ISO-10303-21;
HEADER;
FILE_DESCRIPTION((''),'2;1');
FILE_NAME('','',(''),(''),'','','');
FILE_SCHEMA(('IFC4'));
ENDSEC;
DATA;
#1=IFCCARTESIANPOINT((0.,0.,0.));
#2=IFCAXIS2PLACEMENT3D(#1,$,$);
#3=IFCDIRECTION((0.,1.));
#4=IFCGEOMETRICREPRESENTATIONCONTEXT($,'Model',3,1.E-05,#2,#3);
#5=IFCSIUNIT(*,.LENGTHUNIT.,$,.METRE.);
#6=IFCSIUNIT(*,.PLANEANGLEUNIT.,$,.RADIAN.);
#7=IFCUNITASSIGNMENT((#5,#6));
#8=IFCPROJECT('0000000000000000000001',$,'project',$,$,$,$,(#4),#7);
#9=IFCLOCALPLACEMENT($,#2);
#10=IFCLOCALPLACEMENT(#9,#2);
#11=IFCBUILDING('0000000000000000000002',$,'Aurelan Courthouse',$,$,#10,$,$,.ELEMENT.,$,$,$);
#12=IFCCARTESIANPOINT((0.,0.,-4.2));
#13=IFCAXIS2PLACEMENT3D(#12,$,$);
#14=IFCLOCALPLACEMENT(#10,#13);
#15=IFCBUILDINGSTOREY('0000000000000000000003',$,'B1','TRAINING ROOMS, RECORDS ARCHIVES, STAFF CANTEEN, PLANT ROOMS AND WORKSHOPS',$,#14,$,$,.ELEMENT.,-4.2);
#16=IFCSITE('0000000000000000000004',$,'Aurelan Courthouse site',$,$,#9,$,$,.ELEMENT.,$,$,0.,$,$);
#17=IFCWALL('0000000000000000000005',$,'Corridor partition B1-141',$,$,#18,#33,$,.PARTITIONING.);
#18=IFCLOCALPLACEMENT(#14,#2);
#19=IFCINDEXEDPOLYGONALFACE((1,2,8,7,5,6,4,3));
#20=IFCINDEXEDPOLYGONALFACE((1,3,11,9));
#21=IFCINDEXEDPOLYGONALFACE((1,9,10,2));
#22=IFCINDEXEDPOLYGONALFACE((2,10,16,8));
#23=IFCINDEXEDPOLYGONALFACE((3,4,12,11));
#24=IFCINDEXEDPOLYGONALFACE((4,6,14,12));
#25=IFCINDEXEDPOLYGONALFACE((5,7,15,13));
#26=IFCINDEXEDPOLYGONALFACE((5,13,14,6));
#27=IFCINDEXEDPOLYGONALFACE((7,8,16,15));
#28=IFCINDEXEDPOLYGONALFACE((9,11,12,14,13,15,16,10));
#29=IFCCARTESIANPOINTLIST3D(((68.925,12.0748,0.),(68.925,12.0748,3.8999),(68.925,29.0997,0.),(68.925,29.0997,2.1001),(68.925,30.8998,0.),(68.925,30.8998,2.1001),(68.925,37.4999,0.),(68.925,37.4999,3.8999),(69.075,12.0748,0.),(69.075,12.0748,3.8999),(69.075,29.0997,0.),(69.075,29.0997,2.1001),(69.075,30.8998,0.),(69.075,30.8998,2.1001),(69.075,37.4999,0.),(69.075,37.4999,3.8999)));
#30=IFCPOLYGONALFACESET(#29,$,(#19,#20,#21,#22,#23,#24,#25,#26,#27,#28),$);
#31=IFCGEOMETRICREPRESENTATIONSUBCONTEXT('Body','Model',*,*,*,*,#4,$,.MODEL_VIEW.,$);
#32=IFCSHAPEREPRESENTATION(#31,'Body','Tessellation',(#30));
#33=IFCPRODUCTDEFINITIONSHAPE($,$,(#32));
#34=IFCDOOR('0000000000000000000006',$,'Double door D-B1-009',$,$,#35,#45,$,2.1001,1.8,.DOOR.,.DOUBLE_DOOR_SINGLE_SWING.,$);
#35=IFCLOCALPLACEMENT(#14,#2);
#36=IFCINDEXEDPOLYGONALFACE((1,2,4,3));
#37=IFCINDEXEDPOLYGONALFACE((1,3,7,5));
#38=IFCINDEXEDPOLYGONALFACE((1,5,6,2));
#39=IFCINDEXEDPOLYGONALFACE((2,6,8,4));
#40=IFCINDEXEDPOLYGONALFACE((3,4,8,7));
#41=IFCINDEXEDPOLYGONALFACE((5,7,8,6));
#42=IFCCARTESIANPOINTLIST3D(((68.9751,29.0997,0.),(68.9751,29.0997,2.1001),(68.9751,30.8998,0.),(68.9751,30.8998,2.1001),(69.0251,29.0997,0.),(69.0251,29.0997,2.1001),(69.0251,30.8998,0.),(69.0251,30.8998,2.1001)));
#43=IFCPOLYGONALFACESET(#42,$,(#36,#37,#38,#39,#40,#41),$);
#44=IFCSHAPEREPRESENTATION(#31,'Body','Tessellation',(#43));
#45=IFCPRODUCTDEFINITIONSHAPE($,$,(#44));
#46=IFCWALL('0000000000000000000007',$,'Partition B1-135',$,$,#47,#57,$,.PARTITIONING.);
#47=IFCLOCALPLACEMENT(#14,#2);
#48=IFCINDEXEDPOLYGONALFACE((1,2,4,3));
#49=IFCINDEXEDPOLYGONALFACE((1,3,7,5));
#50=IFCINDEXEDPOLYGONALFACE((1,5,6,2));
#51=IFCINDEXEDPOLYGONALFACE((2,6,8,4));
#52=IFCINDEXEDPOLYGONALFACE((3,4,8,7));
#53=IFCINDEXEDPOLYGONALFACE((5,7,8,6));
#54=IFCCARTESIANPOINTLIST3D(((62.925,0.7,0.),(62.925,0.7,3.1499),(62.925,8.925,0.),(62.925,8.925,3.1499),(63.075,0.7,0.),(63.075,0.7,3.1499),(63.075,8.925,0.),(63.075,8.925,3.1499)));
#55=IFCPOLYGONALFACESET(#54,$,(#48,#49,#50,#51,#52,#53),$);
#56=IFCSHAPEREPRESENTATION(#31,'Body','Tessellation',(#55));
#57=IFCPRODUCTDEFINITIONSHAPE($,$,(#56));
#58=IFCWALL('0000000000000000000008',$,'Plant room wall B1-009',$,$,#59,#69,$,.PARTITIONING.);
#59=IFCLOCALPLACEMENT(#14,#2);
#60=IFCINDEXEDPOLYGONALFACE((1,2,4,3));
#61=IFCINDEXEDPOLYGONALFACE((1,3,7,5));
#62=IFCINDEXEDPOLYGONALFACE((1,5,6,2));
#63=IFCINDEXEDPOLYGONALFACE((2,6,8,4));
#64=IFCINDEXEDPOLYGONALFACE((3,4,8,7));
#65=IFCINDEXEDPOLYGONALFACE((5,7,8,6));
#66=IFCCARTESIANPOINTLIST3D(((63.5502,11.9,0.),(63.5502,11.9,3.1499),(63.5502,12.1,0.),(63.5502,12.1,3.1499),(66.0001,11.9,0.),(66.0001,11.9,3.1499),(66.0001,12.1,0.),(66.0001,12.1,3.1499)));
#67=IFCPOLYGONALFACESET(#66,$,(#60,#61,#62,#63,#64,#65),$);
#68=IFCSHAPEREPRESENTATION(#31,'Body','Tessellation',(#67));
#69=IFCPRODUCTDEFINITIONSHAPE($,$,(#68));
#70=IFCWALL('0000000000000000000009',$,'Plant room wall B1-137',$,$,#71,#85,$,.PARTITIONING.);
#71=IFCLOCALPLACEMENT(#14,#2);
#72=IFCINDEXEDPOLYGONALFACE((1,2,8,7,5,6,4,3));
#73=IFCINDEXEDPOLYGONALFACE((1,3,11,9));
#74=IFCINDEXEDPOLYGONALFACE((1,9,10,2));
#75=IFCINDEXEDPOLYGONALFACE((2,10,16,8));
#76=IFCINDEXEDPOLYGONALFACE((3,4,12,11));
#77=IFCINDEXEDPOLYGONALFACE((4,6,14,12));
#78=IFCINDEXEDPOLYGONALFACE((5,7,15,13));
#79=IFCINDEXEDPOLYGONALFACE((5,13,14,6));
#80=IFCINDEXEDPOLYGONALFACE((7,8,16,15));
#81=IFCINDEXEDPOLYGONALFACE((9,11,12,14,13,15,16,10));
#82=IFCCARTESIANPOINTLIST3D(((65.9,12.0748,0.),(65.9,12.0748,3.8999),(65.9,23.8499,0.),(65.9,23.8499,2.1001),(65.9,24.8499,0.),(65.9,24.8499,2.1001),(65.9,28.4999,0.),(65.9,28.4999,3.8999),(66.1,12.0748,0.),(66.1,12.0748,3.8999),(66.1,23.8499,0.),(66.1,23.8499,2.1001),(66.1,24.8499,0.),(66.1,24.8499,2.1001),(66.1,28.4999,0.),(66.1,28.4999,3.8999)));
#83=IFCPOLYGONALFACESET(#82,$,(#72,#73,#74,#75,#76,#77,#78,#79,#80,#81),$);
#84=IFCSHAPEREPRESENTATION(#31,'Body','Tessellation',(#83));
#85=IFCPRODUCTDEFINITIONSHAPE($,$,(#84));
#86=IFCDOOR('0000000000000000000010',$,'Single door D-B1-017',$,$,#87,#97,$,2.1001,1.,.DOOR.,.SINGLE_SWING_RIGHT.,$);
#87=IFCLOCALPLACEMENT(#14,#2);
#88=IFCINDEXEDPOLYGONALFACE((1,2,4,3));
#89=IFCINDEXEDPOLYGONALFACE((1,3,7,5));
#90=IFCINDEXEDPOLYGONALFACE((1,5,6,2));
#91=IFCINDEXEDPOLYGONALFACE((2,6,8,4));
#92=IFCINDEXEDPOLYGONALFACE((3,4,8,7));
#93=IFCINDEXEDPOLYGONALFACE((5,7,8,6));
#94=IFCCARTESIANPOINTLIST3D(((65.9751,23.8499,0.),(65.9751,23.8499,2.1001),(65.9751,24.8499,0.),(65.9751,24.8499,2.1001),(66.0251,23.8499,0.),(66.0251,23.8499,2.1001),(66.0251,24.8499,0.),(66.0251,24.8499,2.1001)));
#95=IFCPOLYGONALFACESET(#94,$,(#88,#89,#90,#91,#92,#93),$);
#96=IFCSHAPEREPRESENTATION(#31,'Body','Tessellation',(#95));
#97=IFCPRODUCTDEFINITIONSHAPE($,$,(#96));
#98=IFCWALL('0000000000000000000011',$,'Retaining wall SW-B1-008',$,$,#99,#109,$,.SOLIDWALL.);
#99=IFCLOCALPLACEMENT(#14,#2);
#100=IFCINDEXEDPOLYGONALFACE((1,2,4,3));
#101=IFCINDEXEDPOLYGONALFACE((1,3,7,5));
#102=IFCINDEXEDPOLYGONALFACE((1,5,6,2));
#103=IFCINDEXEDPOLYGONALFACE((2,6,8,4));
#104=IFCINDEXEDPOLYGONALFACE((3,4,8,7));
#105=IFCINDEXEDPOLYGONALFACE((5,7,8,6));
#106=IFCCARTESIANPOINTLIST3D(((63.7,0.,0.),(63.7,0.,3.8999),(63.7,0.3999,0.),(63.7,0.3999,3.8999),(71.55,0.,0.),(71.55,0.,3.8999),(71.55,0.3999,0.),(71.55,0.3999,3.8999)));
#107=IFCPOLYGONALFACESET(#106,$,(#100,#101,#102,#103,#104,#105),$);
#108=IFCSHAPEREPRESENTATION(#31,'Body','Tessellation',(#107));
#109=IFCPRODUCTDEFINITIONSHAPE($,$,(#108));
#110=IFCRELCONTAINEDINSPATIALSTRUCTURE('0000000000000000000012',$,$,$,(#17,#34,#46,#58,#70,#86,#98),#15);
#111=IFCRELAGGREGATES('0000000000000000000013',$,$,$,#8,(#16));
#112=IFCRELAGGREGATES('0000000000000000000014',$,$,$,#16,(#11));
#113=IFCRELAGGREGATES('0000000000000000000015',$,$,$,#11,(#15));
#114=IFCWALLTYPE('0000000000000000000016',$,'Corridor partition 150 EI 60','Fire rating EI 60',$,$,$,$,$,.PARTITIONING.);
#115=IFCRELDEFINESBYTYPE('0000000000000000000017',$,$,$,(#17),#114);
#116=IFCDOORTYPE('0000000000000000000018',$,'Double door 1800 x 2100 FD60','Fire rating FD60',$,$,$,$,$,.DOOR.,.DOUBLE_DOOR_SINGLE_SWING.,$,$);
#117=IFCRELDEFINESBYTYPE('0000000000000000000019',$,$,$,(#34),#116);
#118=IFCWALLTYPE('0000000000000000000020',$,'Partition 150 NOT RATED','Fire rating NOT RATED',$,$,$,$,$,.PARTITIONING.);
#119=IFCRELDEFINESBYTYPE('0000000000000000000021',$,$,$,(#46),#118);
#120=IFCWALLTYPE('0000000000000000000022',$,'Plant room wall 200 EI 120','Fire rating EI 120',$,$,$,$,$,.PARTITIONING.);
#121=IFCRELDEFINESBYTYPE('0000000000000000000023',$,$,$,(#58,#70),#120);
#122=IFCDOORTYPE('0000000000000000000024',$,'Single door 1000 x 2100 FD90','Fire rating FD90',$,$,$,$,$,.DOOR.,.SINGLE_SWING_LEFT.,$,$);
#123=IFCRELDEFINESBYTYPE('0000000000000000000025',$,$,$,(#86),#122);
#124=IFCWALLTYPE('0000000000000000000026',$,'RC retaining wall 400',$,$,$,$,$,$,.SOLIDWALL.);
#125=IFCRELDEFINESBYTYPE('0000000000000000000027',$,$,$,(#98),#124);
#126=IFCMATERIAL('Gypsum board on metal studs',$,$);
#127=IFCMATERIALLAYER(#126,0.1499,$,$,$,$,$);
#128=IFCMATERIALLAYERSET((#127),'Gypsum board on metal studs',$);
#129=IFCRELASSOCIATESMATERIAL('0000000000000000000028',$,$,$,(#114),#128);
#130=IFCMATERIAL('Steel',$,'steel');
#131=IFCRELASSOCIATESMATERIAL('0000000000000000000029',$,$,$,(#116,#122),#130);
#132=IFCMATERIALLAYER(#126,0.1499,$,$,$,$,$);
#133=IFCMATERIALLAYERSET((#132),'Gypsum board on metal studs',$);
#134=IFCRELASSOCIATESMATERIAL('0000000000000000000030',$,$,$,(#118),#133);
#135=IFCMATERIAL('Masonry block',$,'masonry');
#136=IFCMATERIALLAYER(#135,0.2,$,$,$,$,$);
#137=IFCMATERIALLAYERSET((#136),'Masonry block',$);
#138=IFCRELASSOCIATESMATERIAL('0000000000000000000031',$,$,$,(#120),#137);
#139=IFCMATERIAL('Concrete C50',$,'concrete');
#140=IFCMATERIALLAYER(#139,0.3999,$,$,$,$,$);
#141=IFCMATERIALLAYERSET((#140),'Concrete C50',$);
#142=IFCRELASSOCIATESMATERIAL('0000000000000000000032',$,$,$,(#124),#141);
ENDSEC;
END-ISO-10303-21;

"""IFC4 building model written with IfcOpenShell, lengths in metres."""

from ifc_helpers import new_model, si_unit, direction, frame, frame_2d, origin, place, context, subcontext, project, spatial, rectangle, extrude, material, layer, layer_set, type_object, element, fill, save


model = new_model("IFC4")

# Units and contexts
model_context = context("Model", 3, precision=1e-05, world=origin(), true_north=direction((0.0, 1.0)))
body_context = subcontext(model_context, "Body", "Model", "MODEL_VIEW")
ifc_project = project(units=[si_unit("LENGTHUNIT", "METRE"), si_unit("PLANEANGLEUNIT", "RADIAN")], contexts=[model_context])

# Site, building, storey
site_placement = place(None, origin())
site = spatial("IfcSite", under=ifc_project, at=site_placement, Name="Aurelan Courthouse site", CompositionType="ELEMENT", RefElevation=0.0)
building_placement = place(site_placement, origin())
building = spatial("IfcBuilding", under=site, at=building_placement, Name="Aurelan Courthouse", CompositionType="ELEMENT")
storey_placement = place(building_placement, frame((0.0, 0.0, -4.2)))
storey = spatial("IfcBuildingStorey", under=building, at=storey_placement, Name="B1", Description="TRAINING ROOMS, RECORDS ARCHIVES, STAFF CANTEEN, PLANT ROOMS AND WORKSHOPS", CompositionType="ELEMENT", Elevation=-4.2)

# Shared definitions
ifc_material_1 = material(Name="Concrete C50", Category="concrete")

# Wall, opening, door
ifc_material_2 = material(Name="Gypsum board on metal studs")
ifc_layer_1 = layer(ifc_material_2, 0.1499)
ifc_layer_set_1 = layer_set([ifc_layer_1], Name="Gypsum board on metal studs")
wall_type_1 = type_object("IfcWallType", Name="Corridor partition 150 EI 60", Description="Fire rating EI 60", PredefinedType="PARTITIONING", material=ifc_layer_set_1)
ifc_material_3 = material(Name="Steel", Category="steel")
door_type_1 = type_object("IfcDoorType", Name="Double door 1800 x 2100 FD60", Description="Fire rating FD60", OperationType="DOUBLE_DOOR_SINGLE_SWING", PredefinedType="DOOR", material=ifc_material_3)
wall_1_placement = place(storey_placement, frame((69.0, 12.075, 0.0), z_axis=(0.0, 0.0, 1.0), x_axis=(0.0, 1.0, 0.0)))
wall_1 = element("IfcWall", 1, at=wall_1_placement, inside=storey, type_object=wall_type_1, Name="Corridor partition B1-141", PredefinedType="PARTITIONING", context=body_context, shape_type="SweptSolid", body=[
    extrude(rectangle(XDim=25.425, YDim=0.1499, at=frame_2d((12.7124, 0.0))), origin(), (0.0, 0.0, 1.0), 3.8999),
])
opening_1_placement = place(wall_1_placement, frame((17.0249, 0.0, 0.0)))
opening_1 = element("IfcOpeningElement", 2, at=opening_1_placement, cuts=wall_1, PredefinedType="OPENING", context=body_context, shape_type="SweptSolid", body=[
    extrude(rectangle(XDim=1.8, YDim=2.1001, at=frame_2d((0.8999, 1.05))), frame((0.0, 0.085, 0.0), z_axis=(0.0, -1.0, 0.0), x_axis=(1.0, 0.0, 0.0)), (0.0, 0.0, 1.0), 0.1699),
])
door_1_placement = place(opening_1_placement, origin())
door_1 = element("IfcDoor", 3, at=door_1_placement, inside=storey, type_object=door_type_1, Name="Double door D-B1-009", OperationType="DOUBLE_DOOR_SINGLE_SWING", OverallHeight=2.1001, OverallWidth=1.8, PredefinedType="DOOR", context=body_context, shape_type="SweptSolid", body=[
    extrude(rectangle(XDim=1.8, YDim=2.1001, at=frame_2d((0.8999, 1.05))), frame((0.0, 0.0249, 0.0), z_axis=(0.0, -1.0, 0.0), x_axis=(1.0, 0.0, 0.0)), (0.0, 0.0, 1.0), 0.05),
])
fill(opening_1, door_1)

# Walls
ifc_layer_2 = layer(ifc_material_2, 0.1499)
ifc_layer_set_2 = layer_set([ifc_layer_2], Name="Gypsum board on metal studs")
wall_type_2 = type_object("IfcWallType", Name="Partition 150 NOT RATED", Description="Fire rating NOT RATED", PredefinedType="PARTITIONING", material=ifc_layer_set_2)
wall_2_placement = place(storey_placement, frame((63.0, 0.7, 0.0), z_axis=(0.0, 0.0, 1.0), x_axis=(0.0, 1.0, 0.0)))
element("IfcWall", 4, at=wall_2_placement, inside=storey, type_object=wall_type_2, Name="Partition B1-135", PredefinedType="PARTITIONING", context=body_context, shape_type="SweptSolid", body=[
    extrude(rectangle(XDim=8.2251, YDim=0.1499, at=frame_2d((4.1125, 0.0))), origin(), (0.0, 0.0, 1.0), 3.1499),
])
ifc_material_4 = material(Name="Masonry block", Category="masonry")
ifc_layer_3 = layer(ifc_material_4, 0.2)
ifc_layer_set_3 = layer_set([ifc_layer_3], Name="Masonry block")
wall_type_3 = type_object("IfcWallType", Name="Plant room wall 200 EI 120", Description="Fire rating EI 120", PredefinedType="PARTITIONING", material=ifc_layer_set_3)
wall_3_placement = place(storey_placement, frame((63.55, 12.0, 0.0), z_axis=(0.0, 0.0, 1.0), x_axis=(1.0, 0.0, 0.0)))
element("IfcWall", 5, at=wall_3_placement, inside=storey, type_object=wall_type_3, Name="Plant room wall B1-009", PredefinedType="PARTITIONING", context=body_context, shape_type="SweptSolid", body=[
    extrude(rectangle(XDim=2.45, YDim=0.2, at=frame_2d((1.2251, 0.0))), origin(), (0.0, 0.0, 1.0), 3.1499),
])

# Wall, opening, door
wall_4_placement = place(storey_placement, frame((66.0, 12.075, 0.0), z_axis=(0.0, 0.0, 1.0), x_axis=(0.0, 1.0, 0.0)))
wall_4 = element("IfcWall", 6, at=wall_4_placement, inside=storey, type_object=wall_type_3, Name="Plant room wall B1-137", PredefinedType="PARTITIONING", context=body_context, shape_type="SweptSolid", body=[
    extrude(rectangle(XDim=16.425, YDim=0.2, at=frame_2d((8.2124, 0.0))), origin(), (0.0, 0.0, 1.0), 3.8999),
])
opening_2_placement = place(wall_4_placement, frame((11.7749, 0.0, 0.0)))
opening_2 = element("IfcOpeningElement", 7, at=opening_2_placement, cuts=wall_4, PredefinedType="OPENING", context=body_context, shape_type="SweptSolid", body=[
    extrude(rectangle(XDim=1.0, YDim=2.1001, at=frame_2d((0.5, 1.05))), frame((0.0, 0.1099, 0.0), z_axis=(0.0, -1.0, 0.0), x_axis=(1.0, 0.0, 0.0)), (0.0, 0.0, 1.0), 0.22),
])
door_type_2 = type_object("IfcDoorType", Name="Single door 1000 x 2100 FD90", Description="Fire rating FD90", OperationType="SINGLE_SWING_LEFT", PredefinedType="DOOR", material=ifc_material_3)
door_2_placement = place(opening_2_placement, origin())
door_2 = element("IfcDoor", 8, at=door_2_placement, inside=storey, type_object=door_type_2, Name="Single door D-B1-017", OperationType="SINGLE_SWING_RIGHT", OverallHeight=2.1001, OverallWidth=1.0, PredefinedType="DOOR", context=body_context, shape_type="SweptSolid", body=[
    extrude(rectangle(XDim=1.0, YDim=2.1001, at=frame_2d((0.5, 1.05))), frame((0.0, 0.0249, 0.0), z_axis=(0.0, -1.0, 0.0), x_axis=(1.0, 0.0, 0.0)), (0.0, 0.0, 1.0), 0.05),
])
fill(opening_2, door_2)

# Wall
ifc_layer_4 = layer(ifc_material_1, 0.3999)
ifc_layer_set_4 = layer_set([ifc_layer_4], Name="Concrete C50")
wall_type_4 = type_object("IfcWallType", Name="RC retaining wall 400", PredefinedType="SOLIDWALL", material=ifc_layer_set_4)
wall_5_placement = place(storey_placement, frame((63.7, 0.2, 0.0), z_axis=(0.0, 0.0, 1.0), x_axis=(1.0, 0.0, 0.0)))
element("IfcWall", 9, at=wall_5_placement, inside=storey, type_object=wall_type_4, Name="Retaining wall SW-B1-008", PredefinedType="SOLIDWALL", context=body_context, shape_type="SweptSolid", body=[
    extrude(rectangle(XDim=7.8501, YDim=0.3999, at=frame_2d((3.925, 0.0))), origin(), (0.0, 0.0, 1.0), 3.8999),
])

save(model, "model.ifc")
